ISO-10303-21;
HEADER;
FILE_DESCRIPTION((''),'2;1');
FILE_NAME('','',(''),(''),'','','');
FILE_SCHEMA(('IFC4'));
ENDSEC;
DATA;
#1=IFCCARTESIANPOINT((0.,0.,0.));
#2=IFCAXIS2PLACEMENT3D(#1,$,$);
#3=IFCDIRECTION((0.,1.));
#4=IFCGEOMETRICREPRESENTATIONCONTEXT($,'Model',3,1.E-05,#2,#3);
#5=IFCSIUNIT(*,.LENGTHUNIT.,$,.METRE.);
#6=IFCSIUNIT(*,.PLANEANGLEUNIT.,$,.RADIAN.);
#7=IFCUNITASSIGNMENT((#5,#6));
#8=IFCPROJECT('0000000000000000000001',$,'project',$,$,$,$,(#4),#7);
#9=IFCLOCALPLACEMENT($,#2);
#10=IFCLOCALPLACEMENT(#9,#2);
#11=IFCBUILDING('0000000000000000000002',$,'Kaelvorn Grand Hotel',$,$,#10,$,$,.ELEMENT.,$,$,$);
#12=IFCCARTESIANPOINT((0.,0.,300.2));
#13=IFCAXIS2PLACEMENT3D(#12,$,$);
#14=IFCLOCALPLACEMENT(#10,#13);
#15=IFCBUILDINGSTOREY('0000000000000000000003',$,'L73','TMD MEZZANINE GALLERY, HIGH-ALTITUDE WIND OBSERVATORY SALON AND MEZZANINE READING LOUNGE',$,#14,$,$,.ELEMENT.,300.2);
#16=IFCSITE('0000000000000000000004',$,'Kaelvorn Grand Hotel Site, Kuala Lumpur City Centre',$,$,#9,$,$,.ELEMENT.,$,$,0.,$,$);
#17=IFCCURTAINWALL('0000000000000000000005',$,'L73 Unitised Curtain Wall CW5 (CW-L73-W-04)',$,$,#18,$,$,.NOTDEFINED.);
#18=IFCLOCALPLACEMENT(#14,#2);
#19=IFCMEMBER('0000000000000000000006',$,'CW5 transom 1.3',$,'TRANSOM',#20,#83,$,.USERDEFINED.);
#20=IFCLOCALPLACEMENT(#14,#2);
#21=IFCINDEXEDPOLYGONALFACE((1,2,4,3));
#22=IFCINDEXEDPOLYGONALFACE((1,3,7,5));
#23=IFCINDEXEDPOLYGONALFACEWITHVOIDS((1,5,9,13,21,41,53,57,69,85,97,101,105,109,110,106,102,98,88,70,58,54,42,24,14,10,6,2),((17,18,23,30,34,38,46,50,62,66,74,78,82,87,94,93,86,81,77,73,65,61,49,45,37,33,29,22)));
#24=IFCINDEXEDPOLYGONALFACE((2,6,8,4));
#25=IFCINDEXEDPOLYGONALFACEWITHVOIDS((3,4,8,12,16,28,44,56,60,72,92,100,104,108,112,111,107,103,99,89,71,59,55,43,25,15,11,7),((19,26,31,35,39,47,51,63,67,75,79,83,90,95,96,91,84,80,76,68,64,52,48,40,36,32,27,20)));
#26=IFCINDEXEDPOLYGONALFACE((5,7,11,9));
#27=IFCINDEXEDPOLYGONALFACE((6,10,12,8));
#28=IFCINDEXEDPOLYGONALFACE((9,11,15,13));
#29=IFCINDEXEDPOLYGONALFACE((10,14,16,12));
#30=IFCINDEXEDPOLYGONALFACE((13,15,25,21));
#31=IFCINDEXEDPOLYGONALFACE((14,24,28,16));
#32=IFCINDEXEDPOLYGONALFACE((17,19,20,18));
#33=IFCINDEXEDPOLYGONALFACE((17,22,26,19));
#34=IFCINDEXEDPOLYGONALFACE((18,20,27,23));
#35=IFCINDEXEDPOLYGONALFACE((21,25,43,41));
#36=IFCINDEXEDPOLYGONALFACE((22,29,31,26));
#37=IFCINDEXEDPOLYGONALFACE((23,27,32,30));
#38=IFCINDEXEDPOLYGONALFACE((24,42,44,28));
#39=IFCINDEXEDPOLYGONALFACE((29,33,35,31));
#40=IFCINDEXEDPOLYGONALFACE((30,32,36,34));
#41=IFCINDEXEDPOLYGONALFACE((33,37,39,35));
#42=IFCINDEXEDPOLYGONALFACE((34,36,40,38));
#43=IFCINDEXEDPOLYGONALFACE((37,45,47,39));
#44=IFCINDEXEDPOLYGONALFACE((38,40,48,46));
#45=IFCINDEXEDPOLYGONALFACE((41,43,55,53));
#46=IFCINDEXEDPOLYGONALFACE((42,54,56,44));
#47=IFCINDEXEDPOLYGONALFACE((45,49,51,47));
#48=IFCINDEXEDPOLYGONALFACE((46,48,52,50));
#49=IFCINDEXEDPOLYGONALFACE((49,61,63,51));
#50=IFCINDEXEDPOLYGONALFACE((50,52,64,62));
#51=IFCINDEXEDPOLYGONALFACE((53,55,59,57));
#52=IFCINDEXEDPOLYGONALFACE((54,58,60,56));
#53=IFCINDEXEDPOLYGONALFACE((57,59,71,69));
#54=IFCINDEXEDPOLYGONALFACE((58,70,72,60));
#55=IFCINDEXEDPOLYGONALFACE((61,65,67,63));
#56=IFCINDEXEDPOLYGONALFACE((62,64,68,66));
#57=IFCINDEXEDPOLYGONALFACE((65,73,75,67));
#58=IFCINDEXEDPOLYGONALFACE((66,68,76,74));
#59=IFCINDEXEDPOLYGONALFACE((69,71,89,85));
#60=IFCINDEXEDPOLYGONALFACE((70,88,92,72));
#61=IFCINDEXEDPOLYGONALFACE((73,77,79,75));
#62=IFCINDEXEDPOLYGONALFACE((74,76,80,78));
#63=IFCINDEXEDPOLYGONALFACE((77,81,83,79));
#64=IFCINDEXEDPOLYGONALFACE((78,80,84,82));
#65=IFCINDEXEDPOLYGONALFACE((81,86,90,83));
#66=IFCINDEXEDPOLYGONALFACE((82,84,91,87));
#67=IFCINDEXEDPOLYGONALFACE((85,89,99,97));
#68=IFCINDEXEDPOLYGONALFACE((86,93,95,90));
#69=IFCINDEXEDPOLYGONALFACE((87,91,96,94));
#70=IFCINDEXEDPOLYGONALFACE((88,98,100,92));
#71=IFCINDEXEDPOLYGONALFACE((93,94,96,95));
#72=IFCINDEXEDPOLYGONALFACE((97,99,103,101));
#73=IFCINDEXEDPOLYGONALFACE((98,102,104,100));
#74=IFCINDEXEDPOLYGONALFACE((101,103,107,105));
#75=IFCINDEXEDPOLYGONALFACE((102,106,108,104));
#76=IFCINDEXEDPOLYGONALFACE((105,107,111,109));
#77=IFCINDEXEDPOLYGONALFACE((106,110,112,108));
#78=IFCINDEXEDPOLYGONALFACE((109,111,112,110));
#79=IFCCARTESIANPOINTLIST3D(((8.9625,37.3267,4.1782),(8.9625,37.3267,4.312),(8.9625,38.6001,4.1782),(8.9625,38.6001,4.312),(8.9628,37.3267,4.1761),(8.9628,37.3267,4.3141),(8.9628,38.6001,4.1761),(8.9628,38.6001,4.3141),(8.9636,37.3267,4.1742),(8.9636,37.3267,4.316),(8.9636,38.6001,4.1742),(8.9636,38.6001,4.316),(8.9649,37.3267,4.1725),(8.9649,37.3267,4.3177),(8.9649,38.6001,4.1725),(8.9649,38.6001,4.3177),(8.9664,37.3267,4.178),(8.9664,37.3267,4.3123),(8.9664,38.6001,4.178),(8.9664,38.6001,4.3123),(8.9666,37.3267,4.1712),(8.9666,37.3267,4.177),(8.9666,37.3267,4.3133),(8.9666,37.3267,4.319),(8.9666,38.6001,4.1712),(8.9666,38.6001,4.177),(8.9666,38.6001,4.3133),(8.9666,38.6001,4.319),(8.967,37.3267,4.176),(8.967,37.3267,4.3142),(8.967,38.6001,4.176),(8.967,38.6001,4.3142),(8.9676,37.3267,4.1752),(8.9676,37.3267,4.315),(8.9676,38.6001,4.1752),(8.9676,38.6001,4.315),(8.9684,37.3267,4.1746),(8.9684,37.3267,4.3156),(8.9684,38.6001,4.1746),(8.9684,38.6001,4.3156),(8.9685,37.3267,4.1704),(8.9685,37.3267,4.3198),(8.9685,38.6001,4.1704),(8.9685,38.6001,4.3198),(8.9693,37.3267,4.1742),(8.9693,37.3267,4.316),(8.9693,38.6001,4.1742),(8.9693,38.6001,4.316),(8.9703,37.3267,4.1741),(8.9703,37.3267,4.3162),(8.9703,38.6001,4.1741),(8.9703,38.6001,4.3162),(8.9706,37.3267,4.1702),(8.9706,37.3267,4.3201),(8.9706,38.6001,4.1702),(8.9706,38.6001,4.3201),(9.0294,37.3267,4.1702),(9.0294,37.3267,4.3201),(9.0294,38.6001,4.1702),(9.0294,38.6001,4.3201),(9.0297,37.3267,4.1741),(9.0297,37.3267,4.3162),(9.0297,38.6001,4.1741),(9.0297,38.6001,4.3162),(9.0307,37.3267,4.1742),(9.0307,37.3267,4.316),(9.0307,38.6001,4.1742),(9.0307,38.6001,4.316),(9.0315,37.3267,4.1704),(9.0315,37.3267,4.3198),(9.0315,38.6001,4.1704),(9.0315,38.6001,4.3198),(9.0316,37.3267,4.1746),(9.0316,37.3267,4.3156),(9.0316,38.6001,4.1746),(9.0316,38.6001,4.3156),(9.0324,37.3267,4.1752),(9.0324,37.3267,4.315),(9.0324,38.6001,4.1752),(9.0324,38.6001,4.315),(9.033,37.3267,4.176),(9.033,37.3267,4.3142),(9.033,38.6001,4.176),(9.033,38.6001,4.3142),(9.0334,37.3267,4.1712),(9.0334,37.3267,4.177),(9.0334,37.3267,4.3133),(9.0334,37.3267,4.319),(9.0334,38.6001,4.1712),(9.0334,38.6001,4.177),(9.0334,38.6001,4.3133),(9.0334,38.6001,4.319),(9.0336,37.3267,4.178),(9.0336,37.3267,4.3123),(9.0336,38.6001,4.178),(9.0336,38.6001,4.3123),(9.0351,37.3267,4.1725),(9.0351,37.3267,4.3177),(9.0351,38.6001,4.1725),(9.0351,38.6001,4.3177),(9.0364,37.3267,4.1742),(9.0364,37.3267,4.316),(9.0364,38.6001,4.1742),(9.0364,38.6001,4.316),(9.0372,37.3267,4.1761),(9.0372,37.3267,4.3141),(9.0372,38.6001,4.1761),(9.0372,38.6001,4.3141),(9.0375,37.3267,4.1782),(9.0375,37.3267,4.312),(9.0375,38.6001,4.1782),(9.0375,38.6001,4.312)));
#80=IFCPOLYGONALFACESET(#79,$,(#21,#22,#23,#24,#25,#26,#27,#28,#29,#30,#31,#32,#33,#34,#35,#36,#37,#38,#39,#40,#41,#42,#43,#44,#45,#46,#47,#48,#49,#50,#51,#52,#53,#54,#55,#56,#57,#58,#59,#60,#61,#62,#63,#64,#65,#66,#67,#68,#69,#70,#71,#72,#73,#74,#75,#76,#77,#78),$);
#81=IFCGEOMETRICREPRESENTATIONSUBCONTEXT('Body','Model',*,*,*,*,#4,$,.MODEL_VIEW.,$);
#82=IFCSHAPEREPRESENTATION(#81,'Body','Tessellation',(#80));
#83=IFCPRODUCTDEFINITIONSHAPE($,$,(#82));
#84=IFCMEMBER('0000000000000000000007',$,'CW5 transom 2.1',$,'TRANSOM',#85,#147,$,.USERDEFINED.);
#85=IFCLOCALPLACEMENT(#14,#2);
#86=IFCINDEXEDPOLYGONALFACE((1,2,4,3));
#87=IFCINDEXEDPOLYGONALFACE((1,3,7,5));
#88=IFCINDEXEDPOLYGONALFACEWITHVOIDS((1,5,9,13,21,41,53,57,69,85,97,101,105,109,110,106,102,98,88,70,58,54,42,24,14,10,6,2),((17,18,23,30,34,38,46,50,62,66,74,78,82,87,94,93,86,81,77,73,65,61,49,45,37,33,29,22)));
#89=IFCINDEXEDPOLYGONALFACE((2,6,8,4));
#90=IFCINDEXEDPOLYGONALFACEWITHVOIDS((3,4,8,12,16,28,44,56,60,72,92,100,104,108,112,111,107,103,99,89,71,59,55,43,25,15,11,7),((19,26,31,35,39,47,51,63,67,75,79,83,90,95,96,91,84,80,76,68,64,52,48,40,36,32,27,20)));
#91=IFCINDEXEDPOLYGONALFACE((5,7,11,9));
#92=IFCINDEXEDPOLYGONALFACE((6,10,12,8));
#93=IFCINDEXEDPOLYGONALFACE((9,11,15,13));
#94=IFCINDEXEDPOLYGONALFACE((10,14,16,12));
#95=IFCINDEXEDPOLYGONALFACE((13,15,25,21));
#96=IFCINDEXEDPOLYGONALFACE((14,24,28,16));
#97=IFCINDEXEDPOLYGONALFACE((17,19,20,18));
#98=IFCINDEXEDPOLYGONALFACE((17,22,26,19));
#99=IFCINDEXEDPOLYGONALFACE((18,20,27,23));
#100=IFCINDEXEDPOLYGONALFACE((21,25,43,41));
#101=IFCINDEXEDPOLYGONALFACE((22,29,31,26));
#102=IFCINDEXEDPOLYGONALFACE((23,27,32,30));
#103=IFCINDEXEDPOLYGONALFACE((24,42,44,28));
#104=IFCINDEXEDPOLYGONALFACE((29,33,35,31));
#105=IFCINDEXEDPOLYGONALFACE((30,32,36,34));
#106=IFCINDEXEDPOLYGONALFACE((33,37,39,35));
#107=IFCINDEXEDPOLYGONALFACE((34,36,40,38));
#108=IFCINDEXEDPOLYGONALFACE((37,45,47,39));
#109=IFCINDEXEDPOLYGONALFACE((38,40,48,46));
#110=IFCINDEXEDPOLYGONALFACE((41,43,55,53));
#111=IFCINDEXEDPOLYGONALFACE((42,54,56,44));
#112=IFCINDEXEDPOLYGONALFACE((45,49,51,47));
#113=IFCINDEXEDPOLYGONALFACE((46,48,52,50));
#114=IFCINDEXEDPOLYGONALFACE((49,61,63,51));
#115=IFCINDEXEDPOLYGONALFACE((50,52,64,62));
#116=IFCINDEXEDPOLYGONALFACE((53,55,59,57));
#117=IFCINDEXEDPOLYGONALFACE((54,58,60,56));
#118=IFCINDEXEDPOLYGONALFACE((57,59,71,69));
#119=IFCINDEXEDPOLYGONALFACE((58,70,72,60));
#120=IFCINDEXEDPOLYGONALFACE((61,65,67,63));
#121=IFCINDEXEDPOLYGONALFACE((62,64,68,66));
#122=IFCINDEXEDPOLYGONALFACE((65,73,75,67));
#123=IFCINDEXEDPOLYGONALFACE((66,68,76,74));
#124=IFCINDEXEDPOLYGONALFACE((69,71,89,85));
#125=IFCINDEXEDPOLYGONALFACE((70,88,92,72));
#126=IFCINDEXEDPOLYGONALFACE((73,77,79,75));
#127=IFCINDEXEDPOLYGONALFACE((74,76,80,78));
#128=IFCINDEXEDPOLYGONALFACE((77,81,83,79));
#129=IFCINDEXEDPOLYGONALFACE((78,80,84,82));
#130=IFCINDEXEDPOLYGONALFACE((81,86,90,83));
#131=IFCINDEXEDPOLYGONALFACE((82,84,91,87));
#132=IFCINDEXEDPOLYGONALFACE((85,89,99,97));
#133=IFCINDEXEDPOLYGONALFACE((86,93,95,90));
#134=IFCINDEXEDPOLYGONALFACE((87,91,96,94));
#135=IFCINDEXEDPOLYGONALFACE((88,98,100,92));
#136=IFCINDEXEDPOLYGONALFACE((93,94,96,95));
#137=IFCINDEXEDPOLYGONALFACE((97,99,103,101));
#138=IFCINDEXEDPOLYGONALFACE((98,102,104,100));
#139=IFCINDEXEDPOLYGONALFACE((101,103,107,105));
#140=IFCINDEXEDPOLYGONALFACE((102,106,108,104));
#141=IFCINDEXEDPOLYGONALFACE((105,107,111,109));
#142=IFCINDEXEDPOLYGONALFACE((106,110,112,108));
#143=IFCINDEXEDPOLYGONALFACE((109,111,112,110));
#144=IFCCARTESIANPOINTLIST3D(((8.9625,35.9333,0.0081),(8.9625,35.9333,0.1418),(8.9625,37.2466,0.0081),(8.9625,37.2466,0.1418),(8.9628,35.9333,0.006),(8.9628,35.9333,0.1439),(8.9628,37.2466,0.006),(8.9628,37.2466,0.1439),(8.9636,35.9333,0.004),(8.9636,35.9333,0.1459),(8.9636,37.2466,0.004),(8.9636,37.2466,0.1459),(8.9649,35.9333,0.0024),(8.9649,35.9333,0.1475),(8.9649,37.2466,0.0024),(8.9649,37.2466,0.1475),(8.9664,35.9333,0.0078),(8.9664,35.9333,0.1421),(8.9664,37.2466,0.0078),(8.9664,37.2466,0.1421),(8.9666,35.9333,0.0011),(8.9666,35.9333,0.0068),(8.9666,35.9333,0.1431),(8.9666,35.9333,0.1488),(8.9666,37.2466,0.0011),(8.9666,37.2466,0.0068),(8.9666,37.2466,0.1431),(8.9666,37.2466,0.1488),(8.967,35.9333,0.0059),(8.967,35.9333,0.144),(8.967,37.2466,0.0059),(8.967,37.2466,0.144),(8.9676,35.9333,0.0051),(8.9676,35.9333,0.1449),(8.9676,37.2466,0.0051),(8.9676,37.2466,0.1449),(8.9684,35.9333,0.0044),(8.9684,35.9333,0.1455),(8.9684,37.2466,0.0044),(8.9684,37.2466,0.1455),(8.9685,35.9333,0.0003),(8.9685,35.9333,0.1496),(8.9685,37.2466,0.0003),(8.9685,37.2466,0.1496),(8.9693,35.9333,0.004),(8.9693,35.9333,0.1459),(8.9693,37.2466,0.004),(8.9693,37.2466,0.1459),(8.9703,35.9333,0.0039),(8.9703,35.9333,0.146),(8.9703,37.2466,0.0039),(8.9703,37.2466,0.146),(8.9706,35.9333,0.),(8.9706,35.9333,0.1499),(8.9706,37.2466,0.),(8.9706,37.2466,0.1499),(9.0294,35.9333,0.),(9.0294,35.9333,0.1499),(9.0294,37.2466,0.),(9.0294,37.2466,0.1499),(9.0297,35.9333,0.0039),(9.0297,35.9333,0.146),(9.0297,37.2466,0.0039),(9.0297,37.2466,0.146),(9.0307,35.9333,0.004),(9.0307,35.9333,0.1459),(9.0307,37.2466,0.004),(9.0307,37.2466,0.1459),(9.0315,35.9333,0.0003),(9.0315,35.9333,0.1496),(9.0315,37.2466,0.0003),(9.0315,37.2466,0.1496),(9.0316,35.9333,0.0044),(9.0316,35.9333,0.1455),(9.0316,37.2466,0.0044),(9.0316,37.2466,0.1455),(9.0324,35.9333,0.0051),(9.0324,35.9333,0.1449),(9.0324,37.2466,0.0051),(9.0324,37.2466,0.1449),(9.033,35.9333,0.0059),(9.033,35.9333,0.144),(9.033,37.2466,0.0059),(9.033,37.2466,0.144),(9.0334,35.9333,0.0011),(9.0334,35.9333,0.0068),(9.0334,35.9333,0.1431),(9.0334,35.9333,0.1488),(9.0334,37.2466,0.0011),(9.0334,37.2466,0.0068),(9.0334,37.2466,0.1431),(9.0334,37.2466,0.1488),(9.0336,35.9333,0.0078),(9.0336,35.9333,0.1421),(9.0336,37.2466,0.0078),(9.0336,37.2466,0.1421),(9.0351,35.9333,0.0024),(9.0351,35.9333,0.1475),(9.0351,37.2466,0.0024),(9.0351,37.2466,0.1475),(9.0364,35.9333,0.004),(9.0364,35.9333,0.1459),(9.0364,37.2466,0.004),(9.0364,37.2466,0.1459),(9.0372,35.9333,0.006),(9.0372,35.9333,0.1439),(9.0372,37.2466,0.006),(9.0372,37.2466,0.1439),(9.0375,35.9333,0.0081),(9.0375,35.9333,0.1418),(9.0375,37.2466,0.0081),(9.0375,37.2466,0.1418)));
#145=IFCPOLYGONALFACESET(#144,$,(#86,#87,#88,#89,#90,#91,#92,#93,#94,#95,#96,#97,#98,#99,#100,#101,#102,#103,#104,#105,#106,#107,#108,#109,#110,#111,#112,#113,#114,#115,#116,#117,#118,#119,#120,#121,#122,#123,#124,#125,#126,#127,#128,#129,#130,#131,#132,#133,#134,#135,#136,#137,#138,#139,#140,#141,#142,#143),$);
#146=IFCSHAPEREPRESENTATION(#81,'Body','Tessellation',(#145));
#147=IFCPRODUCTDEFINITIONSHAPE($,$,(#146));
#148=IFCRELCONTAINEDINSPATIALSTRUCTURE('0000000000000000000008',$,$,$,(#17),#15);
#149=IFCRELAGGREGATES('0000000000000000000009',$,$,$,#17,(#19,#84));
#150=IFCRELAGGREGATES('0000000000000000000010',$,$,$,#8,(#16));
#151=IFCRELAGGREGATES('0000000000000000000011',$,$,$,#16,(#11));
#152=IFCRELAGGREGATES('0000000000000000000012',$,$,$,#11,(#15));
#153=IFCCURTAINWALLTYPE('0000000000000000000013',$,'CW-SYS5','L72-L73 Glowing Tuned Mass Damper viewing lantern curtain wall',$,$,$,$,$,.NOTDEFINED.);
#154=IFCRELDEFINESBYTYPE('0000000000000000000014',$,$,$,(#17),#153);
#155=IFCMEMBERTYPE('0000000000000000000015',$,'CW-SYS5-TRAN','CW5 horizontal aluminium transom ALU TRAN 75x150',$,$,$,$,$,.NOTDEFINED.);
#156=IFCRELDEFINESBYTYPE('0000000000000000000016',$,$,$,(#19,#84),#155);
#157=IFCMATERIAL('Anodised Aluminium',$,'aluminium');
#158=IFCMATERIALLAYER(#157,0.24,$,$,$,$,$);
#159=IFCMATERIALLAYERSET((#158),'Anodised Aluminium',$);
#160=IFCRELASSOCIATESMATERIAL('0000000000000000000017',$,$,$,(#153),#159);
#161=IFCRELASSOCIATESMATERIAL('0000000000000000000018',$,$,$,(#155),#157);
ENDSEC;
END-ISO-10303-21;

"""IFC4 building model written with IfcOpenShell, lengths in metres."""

from ifc_helpers import new_model, si_unit, direction, frame, origin, origin_2d, place, context, subcontext, project, spatial, hollow_rectangle, extrude, material, layer, layer_set, material_profile, profile_set, type_object, element, aggregate, save


model = new_model("IFC4")

# Units and contexts
model_context = context("Model", 3, precision=1e-05, world=origin(), true_north=direction((0.0, 1.0)))
body_context = subcontext(model_context, "Body", "Model", "MODEL_VIEW")
ifc_project = project(units=[si_unit("LENGTHUNIT", "METRE"), si_unit("PLANEANGLEUNIT", "RADIAN")], contexts=[model_context])

# Site, building, storey
site_placement = place(None, origin())
site = spatial("IfcSite", under=ifc_project, at=site_placement, Name="Kaelvorn Grand Hotel Site, Kuala Lumpur City Centre", CompositionType="ELEMENT", RefElevation=0.0)
building_placement = place(site_placement, origin())
building = spatial("IfcBuilding", under=site, at=building_placement, Name="Kaelvorn Grand Hotel", CompositionType="ELEMENT")
storey_placement = place(building_placement, frame((0.0, 0.0, 300.2)))
storey = spatial("IfcBuildingStorey", under=building, at=storey_placement, Name="L73", Description="TMD MEZZANINE GALLERY, HIGH-ALTITUDE WIND OBSERVATORY SALON AND MEZZANINE READING LOUNGE", CompositionType="ELEMENT", Elevation=300.2)

# Shared definitions
ifc_material_1 = material(Name="Anodised Aluminium", Category="aluminium")
ifc_layer_1 = layer(ifc_material_1, 0.24)
ifc_layer_set_1 = layer_set([ifc_layer_1], Name="Anodised Aluminium")
curtain_wall_type = type_object("IfcCurtainWallType", Name="CW-SYS5", Description="L72-L73 Glowing Tuned Mass Damper viewing lantern curtain wall", PredefinedType="NOTDEFINED", material=ifc_layer_set_1)

# Curtain wall
curtain_wall_1_placement = place(storey_placement, origin())
curtain_wall_1 = element("IfcCurtainWall", 1, at=curtain_wall_1_placement, inside=storey, type_object=curtain_wall_type, Name="L73 Unitised Curtain Wall CW5 (CW-L73-W-04)", PredefinedType="NOTDEFINED")

# Members
ifc_material_profile_1 = material_profile(ifc_material_1, hollow_rectangle(XDim=0.075, YDim=0.1499, WallThickness=0.0039, InnerFilletRadius=0.0039, OuterFilletRadius=0.0081, at=origin_2d()), Name="ALU TRAN 75x150")
ifc_profile_set_1 = profile_set([ifc_material_profile_1], Name="Anodised Aluminium")
member_type_1 = type_object("IfcMemberType", Name="CW-SYS5-TRAN", Description="CW5 horizontal aluminium transom ALU TRAN 75x150", PredefinedType="NOTDEFINED", material=ifc_profile_set_1)
member_1_placement = place(storey_placement, frame((9.0, 38.6001, 4.2451), z_axis=(0.0, -1.0, 0.0), x_axis=(1.0, 0.0, 0.0)))
member_1 = element("IfcMember", 2, at=member_1_placement, type_object=member_type_1, Name="CW5 transom 1.3", ObjectType="TRANSOM", PredefinedType="USERDEFINED", context=body_context, shape_type="SweptSolid", body=[
    extrude(hollow_rectangle(XDim=0.075, YDim=0.1499, WallThickness=0.0039, InnerFilletRadius=0.0039, OuterFilletRadius=0.0081, at=origin_2d()), origin(), (0.0, 0.0, 1.0), 1.2734),
])
member_2_placement = place(storey_placement, frame((9.0, 37.2466, 0.075), z_axis=(0.0, -1.0, 0.0), x_axis=(1.0, 0.0, 0.0)))
member_2 = element("IfcMember", 3, at=member_2_placement, type_object=member_type_1, Name="CW5 transom 2.1", ObjectType="TRANSOM", PredefinedType="USERDEFINED", context=body_context, shape_type="SweptSolid", body=[
    extrude(hollow_rectangle(XDim=0.075, YDim=0.1499, WallThickness=0.0039, InnerFilletRadius=0.0039, OuterFilletRadius=0.0081, at=origin_2d()), origin(), (0.0, 0.0, 1.0), 1.3132),
])

aggregate(curtain_wall_1, [member_1, member_2])

save(model, "model.ifc")
